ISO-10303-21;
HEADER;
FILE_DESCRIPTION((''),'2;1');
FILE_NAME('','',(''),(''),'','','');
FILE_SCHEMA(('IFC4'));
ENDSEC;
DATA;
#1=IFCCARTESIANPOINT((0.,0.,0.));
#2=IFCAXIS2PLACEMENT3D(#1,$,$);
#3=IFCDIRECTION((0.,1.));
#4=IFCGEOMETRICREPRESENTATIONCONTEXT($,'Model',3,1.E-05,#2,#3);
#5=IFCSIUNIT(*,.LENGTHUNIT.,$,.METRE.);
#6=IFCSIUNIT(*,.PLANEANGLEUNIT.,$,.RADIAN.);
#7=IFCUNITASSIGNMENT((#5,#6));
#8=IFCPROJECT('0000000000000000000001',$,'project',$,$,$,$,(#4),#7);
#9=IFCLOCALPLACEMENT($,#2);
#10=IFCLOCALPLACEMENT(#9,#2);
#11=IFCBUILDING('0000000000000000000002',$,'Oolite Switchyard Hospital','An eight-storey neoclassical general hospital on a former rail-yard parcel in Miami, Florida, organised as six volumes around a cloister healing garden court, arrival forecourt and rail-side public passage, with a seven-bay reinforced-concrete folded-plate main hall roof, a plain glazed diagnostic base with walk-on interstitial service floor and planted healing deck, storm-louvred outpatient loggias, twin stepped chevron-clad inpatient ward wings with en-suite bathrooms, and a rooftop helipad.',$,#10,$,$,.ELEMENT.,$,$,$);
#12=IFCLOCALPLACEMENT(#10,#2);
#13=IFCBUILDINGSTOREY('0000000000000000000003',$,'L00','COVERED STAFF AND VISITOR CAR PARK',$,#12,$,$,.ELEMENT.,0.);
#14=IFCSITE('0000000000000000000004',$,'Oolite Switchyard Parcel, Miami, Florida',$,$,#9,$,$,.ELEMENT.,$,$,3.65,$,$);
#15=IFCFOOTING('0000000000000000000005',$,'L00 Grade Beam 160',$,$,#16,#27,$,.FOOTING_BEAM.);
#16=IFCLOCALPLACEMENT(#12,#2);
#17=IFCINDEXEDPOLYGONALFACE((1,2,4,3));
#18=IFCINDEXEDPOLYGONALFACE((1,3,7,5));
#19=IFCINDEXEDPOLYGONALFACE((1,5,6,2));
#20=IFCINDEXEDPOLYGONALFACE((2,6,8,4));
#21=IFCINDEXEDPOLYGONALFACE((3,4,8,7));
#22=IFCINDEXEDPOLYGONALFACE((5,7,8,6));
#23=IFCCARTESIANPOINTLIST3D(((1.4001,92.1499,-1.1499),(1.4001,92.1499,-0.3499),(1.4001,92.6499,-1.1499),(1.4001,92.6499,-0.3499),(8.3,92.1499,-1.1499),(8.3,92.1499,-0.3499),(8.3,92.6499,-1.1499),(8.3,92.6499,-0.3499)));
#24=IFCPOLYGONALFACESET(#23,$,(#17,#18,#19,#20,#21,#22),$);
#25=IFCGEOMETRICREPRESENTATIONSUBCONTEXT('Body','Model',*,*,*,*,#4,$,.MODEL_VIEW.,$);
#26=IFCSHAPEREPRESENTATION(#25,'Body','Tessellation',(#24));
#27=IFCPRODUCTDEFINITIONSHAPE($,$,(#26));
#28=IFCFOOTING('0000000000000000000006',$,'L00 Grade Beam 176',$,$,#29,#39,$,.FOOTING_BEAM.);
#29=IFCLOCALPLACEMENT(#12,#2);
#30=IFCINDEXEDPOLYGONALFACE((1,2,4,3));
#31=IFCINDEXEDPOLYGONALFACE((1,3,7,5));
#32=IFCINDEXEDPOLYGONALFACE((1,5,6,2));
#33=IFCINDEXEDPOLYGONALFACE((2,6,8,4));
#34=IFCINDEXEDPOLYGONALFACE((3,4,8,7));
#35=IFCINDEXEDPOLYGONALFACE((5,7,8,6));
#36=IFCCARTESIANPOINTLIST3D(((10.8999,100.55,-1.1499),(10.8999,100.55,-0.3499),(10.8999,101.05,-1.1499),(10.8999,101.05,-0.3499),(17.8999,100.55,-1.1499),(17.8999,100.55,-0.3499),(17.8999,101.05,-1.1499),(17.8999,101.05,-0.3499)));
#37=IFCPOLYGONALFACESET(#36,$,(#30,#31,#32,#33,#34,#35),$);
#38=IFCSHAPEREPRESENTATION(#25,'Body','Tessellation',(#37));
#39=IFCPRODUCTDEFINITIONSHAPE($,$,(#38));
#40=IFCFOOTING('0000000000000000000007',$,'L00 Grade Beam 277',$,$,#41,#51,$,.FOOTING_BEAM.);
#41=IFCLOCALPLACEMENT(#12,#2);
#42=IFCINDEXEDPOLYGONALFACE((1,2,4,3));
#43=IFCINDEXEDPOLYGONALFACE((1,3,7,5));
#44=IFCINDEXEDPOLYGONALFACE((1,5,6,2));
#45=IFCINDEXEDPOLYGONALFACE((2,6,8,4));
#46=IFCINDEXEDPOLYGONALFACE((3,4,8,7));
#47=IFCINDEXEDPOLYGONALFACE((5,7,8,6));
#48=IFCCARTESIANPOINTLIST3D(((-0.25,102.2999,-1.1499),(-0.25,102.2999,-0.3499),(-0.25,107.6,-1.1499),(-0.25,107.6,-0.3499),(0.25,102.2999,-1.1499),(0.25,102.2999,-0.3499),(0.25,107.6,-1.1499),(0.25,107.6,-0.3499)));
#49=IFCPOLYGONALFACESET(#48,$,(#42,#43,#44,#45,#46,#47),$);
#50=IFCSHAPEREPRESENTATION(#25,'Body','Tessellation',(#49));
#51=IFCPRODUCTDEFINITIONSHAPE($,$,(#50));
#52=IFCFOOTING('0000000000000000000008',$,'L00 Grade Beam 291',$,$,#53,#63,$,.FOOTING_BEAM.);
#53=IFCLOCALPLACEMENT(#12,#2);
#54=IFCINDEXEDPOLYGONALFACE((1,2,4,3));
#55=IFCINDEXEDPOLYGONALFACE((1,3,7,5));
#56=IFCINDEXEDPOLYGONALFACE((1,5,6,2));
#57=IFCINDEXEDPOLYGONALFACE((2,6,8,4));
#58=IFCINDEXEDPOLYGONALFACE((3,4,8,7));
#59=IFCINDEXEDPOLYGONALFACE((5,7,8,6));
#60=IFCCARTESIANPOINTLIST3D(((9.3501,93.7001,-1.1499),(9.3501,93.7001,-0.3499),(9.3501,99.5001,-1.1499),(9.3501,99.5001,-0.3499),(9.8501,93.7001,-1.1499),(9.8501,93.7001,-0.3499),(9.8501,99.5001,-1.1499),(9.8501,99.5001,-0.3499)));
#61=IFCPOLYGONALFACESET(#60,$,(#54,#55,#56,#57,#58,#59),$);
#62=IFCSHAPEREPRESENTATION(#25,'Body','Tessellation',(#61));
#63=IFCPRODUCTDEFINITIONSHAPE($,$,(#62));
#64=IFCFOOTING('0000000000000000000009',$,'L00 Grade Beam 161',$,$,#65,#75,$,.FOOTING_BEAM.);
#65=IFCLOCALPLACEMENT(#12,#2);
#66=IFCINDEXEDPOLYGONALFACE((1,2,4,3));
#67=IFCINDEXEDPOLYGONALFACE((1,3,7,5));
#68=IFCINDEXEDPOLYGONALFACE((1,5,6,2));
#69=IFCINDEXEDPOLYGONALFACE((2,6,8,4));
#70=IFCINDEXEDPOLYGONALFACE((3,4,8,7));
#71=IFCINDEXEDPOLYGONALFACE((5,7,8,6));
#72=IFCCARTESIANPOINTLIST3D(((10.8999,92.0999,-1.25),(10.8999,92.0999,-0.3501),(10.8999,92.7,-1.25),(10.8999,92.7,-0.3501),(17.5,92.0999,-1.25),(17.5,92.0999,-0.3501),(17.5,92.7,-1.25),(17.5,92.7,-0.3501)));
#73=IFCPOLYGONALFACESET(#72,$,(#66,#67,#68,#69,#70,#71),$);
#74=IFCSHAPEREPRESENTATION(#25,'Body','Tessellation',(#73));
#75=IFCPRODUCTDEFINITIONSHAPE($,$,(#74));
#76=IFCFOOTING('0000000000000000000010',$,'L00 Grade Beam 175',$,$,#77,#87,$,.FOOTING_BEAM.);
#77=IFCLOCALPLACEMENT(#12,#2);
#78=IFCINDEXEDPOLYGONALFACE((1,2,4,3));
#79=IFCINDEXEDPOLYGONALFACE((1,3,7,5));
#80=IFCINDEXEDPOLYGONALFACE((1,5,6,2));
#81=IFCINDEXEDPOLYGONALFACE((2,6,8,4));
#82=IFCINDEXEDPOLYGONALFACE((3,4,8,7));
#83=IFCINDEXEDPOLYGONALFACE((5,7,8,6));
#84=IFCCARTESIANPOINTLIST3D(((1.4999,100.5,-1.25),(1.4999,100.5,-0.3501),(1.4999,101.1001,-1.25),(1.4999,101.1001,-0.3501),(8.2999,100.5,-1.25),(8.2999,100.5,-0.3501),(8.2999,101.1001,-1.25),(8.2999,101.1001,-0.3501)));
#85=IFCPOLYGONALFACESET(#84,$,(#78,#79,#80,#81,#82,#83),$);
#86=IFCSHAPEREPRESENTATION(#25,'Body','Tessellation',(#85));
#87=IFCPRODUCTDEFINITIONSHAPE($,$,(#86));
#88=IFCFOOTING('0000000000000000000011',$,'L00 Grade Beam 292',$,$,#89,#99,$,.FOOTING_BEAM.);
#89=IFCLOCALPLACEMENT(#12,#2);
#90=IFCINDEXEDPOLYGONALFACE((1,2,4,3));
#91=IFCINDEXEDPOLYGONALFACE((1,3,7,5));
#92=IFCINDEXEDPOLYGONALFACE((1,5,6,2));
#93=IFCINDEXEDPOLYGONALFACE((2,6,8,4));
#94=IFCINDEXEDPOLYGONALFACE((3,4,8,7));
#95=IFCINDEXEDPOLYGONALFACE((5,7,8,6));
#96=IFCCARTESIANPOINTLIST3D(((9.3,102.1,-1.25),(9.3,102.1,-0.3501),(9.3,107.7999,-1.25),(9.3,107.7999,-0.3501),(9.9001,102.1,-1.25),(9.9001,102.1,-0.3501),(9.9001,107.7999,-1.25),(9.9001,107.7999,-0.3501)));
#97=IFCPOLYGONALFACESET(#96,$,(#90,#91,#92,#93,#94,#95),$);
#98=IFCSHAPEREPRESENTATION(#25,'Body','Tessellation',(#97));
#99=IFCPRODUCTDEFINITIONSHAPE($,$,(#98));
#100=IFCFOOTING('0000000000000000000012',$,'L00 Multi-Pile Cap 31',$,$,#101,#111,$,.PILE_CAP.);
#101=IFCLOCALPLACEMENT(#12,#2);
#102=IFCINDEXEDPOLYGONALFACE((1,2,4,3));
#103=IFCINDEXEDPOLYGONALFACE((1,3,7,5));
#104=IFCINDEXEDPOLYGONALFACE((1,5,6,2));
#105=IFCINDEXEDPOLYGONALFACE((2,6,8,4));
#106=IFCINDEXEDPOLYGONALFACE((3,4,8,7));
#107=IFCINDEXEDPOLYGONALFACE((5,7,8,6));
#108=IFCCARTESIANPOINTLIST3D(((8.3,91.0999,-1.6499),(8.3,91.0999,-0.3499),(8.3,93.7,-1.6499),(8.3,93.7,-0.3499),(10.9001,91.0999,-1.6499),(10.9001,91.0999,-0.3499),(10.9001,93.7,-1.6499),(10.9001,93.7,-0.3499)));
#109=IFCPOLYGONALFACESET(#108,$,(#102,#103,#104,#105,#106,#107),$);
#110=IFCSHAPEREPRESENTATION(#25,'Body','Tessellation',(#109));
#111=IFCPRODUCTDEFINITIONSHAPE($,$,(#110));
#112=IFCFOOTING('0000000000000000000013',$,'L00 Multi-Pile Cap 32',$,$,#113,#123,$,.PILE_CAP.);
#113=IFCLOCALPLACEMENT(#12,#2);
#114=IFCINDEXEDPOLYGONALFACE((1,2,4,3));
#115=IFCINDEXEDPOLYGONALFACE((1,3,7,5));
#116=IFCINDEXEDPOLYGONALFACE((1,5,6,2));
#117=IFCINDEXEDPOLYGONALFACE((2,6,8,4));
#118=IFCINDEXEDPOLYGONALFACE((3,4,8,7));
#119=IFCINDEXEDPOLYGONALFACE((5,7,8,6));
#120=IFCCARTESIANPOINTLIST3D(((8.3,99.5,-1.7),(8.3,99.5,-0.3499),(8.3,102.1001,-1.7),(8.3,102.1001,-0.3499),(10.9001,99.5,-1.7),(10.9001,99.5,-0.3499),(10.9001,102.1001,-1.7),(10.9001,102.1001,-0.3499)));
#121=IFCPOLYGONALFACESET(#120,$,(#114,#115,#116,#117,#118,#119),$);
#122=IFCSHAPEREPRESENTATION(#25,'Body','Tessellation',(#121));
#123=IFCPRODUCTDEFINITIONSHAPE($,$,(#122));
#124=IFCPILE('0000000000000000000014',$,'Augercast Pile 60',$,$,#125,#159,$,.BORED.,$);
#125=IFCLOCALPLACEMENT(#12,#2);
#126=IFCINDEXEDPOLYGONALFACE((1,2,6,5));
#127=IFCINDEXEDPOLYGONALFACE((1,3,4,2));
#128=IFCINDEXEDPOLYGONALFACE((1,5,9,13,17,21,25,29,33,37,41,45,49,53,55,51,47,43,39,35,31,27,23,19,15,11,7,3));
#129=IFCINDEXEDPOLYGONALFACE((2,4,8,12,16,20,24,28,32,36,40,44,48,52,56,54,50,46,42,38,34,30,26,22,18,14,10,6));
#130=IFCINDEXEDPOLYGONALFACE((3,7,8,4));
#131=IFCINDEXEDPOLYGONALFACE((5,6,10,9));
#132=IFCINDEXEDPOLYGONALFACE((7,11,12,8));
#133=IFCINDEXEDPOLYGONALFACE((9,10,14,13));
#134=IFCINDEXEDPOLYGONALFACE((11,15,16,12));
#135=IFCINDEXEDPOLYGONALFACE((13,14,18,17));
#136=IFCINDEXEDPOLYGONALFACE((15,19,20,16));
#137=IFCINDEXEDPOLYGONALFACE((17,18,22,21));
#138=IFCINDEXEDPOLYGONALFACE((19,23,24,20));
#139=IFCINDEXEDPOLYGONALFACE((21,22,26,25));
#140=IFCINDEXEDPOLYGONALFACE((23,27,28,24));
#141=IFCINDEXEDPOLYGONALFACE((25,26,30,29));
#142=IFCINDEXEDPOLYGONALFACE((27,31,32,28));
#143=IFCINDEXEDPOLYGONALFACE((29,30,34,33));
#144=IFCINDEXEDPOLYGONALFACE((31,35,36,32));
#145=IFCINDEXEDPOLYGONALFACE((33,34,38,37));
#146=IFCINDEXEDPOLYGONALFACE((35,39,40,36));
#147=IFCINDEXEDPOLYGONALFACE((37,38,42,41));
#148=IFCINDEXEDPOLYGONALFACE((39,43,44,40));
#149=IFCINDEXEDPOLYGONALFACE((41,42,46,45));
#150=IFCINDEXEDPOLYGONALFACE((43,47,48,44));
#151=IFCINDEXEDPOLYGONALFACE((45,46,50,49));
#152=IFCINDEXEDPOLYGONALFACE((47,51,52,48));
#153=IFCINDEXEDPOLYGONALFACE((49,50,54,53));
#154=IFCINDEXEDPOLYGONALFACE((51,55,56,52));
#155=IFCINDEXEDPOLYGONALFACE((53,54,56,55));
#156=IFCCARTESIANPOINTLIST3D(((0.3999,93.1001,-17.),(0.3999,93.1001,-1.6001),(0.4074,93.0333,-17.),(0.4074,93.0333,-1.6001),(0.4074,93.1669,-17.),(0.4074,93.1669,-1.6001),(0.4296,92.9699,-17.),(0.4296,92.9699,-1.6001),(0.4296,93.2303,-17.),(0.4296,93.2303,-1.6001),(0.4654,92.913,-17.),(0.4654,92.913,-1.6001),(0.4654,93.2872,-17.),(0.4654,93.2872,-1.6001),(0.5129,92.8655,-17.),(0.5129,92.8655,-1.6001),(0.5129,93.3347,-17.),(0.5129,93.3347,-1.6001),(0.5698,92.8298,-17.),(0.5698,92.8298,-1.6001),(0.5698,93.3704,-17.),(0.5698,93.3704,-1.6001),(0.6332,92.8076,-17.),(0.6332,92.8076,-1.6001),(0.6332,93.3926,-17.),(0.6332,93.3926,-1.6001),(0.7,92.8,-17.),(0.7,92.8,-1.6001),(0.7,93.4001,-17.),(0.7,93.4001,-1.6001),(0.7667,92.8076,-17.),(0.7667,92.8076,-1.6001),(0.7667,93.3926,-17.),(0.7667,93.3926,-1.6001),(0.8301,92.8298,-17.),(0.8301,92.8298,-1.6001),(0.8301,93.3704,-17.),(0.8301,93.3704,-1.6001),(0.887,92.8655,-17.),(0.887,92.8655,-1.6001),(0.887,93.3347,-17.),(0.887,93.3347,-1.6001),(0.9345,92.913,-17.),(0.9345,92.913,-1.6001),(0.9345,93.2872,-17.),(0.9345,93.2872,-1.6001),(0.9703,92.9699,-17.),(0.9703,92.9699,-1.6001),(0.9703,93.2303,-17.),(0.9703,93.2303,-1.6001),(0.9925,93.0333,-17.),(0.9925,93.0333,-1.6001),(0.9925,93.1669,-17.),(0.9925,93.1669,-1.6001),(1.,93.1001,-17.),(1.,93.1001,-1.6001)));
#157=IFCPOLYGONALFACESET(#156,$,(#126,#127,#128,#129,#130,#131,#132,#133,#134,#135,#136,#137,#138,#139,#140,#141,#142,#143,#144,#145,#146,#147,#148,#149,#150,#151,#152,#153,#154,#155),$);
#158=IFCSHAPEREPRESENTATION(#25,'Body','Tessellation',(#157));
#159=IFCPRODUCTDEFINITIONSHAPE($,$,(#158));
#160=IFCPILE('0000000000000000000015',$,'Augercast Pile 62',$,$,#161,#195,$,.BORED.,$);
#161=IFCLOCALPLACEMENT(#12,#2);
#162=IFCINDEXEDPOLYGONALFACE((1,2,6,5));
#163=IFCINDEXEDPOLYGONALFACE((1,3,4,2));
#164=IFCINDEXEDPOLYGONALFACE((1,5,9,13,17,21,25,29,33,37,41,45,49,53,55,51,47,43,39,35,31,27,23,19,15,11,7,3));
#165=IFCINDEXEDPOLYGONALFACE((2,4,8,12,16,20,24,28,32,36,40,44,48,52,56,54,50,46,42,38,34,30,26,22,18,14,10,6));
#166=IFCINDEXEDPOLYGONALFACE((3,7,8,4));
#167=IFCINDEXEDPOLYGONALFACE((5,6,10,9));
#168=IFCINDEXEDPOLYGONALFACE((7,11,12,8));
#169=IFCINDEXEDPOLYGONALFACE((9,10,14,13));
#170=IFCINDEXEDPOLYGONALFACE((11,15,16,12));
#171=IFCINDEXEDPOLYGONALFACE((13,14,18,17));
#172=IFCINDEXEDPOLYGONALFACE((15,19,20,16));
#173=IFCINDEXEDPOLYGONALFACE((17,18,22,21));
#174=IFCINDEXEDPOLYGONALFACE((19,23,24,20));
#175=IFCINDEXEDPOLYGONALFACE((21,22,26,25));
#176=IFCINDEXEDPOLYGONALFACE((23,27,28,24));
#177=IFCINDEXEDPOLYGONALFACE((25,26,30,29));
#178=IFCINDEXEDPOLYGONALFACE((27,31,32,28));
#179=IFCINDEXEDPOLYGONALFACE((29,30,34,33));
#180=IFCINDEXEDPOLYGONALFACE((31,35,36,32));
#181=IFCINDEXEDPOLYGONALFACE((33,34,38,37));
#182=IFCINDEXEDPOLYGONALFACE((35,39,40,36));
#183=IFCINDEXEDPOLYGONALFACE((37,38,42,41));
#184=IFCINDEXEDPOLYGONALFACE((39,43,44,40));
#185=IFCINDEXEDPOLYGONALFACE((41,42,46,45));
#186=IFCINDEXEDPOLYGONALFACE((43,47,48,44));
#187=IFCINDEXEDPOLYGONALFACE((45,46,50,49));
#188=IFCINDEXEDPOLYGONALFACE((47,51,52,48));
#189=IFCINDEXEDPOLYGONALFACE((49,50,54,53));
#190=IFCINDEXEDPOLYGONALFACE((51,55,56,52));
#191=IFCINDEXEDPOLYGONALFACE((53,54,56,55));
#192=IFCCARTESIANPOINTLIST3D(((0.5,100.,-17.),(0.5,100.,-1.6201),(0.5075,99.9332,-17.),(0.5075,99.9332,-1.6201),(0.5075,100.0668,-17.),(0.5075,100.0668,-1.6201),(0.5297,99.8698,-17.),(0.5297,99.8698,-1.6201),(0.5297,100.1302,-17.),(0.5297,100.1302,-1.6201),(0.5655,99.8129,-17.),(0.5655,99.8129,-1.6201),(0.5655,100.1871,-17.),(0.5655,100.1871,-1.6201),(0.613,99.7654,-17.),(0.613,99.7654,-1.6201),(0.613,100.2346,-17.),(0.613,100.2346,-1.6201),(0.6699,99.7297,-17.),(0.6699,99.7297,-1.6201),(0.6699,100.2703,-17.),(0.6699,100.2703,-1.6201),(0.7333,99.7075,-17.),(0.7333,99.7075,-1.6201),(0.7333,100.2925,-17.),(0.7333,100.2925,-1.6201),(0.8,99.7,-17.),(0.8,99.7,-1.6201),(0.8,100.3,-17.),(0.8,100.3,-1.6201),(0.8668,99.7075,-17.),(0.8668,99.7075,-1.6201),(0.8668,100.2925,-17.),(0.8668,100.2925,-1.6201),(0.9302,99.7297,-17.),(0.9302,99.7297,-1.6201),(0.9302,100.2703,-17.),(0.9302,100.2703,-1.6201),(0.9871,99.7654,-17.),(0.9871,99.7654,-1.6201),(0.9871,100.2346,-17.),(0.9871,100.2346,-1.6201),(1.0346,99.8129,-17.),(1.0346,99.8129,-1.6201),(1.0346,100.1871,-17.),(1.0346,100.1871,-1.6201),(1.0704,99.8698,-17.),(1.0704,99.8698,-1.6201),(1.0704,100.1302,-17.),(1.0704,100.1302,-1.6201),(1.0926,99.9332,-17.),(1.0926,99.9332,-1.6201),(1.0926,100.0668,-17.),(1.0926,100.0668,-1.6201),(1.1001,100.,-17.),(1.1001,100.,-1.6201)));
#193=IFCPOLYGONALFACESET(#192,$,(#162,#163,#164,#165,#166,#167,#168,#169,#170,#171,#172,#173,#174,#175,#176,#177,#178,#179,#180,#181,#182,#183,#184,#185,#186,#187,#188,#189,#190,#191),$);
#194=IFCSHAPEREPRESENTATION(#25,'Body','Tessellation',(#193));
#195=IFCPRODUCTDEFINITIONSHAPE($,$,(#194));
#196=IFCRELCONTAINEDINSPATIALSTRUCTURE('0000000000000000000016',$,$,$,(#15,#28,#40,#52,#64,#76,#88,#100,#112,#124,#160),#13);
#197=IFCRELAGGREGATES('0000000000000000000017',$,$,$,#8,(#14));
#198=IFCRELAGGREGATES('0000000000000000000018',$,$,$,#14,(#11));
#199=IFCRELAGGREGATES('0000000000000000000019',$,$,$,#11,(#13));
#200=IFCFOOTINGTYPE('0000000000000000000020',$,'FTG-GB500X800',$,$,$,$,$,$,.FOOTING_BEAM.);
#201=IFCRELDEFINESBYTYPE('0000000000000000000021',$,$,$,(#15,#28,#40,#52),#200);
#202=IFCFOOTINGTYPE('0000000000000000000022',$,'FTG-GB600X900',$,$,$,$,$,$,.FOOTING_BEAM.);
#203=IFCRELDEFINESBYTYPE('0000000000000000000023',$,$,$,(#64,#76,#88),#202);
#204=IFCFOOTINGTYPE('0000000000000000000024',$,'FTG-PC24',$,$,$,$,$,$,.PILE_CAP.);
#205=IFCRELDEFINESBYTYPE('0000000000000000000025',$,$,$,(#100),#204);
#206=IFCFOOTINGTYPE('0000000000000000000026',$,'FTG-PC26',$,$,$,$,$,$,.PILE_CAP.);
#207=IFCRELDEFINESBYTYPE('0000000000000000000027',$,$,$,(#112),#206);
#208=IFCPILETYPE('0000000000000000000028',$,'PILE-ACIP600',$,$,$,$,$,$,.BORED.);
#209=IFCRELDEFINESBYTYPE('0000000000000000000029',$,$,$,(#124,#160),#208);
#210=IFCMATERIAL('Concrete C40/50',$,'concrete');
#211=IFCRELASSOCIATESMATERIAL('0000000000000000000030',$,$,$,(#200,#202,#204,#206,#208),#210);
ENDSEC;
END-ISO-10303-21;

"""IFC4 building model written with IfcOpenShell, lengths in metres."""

from ifc_helpers import new_model, si_unit, direction, frame, origin, origin_2d, place, context, subcontext, project, spatial, rectangle, circle, extrude, material, material_profile, profile_set, type_object, element, save


model = new_model("IFC4")

# Units and contexts
model_context = context("Model", 3, precision=1e-05, world=origin(), true_north=direction((0.0, 1.0)))
body_context = subcontext(model_context, "Body", "Model", "MODEL_VIEW")
ifc_project = project(units=[si_unit("LENGTHUNIT", "METRE"), si_unit("PLANEANGLEUNIT", "RADIAN")], contexts=[model_context])

# Site, building, storey
site_placement = place(None, origin())
site = spatial("IfcSite", under=ifc_project, at=site_placement, Name="Oolite Switchyard Parcel, Miami, Florida", CompositionType="ELEMENT", RefElevation=3.65)
building_placement = place(site_placement, origin())
building = spatial("IfcBuilding", under=site, at=building_placement, Name="Oolite Switchyard Hospital", Description="An eight-storey neoclassical general hospital on a former rail-yard parcel in Miami, Florida, organised as six volumes around a cloister healing garden court, arrival forecourt and rail-side public passage, with a seven-bay reinforced-concrete folded-plate main hall roof, a plain glazed diagnostic base with walk-on interstitial service floor and planted healing deck, storm-louvred outpatient loggias, twin stepped chevron-clad inpatient ward wings with en-suite bathrooms, and a rooftop helipad.", CompositionType="ELEMENT")
storey_placement = place(building_placement, origin())
storey = spatial("IfcBuildingStorey", under=building, at=storey_placement, Name="L00", Description="COVERED STAFF AND VISITOR CAR PARK", CompositionType="ELEMENT", Elevation=0.0)

# Footings
ifc_material_1 = material(Name="Concrete C40/50", Category="concrete")
footing_type_1 = type_object("IfcFootingType", Name="FTG-GB500X800", PredefinedType="FOOTING_BEAM", material=ifc_material_1)
footing_1_placement = place(storey_placement, frame((4.8501, 92.3999, -1.1499), z_axis=(0.0, 0.0, 1.0), x_axis=(1.0, 0.0, 0.0)))
element("IfcFooting", 1, at=footing_1_placement, inside=storey, type_object=footing_type_1, Name="L00 Grade Beam 160", PredefinedType="FOOTING_BEAM", context=body_context, shape_type="SweptSolid", body=[
    extrude(rectangle(XDim=6.8999, YDim=0.5, at=origin_2d()), origin(), (0.0, 0.0, 1.0), 0.8),
])
footing_2_placement = place(storey_placement, frame((14.3999, 100.8, -1.1499), z_axis=(0.0, 0.0, 1.0), x_axis=(1.0, 0.0, 0.0)))
element("IfcFooting", 2, at=footing_2_placement, inside=storey, type_object=footing_type_1, Name="L00 Grade Beam 176", PredefinedType="FOOTING_BEAM", context=body_context, shape_type="SweptSolid", body=[
    extrude(rectangle(XDim=7.0, YDim=0.5, at=origin_2d()), origin(), (0.0, 0.0, 1.0), 0.8),
])
footing_3_placement = place(storey_placement, frame((0.0, 104.95, -1.1499), z_axis=(0.0, 0.0, 1.0), x_axis=(0.0, 1.0, 0.0)))
element("IfcFooting", 3, at=footing_3_placement, inside=storey, type_object=footing_type_1, Name="L00 Grade Beam 277", PredefinedType="FOOTING_BEAM", context=body_context, shape_type="SweptSolid", body=[
    extrude(rectangle(XDim=5.3, YDim=0.5, at=origin_2d()), origin(), (0.0, 0.0, 1.0), 0.8),
])
footing_4_placement = place(storey_placement, frame((9.6001, 96.6001, -1.1499), z_axis=(0.0, 0.0, 1.0), x_axis=(0.0, 1.0, 0.0)))
element("IfcFooting", 4, at=footing_4_placement, inside=storey, type_object=footing_type_1, Name="L00 Grade Beam 291", PredefinedType="FOOTING_BEAM", context=body_context, shape_type="SweptSolid", body=[
    extrude(rectangle(XDim=5.8, YDim=0.5, at=origin_2d()), origin(), (0.0, 0.0, 1.0), 0.8),
])
footing_type_2 = type_object("IfcFootingType", Name="FTG-GB600X900", PredefinedType="FOOTING_BEAM", material=ifc_material_1)
footing_5_placement = place(storey_placement, frame((14.2, 92.3999, -1.25), z_axis=(0.0, 0.0, 1.0), x_axis=(1.0, 0.0, 0.0)))
element("IfcFooting", 5, at=footing_5_placement, inside=storey, type_object=footing_type_2, Name="L00 Grade Beam 161", PredefinedType="FOOTING_BEAM", context=body_context, shape_type="SweptSolid", body=[
    extrude(rectangle(XDim=6.6001, YDim=0.6001, at=origin_2d()), origin(), (0.0, 0.0, 1.0), 0.8999),
])
footing_6_placement = place(storey_placement, frame((4.8999, 100.8, -1.25), z_axis=(0.0, 0.0, 1.0), x_axis=(1.0, 0.0, 0.0)))
element("IfcFooting", 6, at=footing_6_placement, inside=storey, type_object=footing_type_2, Name="L00 Grade Beam 175", PredefinedType="FOOTING_BEAM", context=body_context, shape_type="SweptSolid", body=[
    extrude(rectangle(XDim=6.8, YDim=0.6001, at=origin_2d()), origin(), (0.0, 0.0, 1.0), 0.8999),
])
footing_7_placement = place(storey_placement, frame((9.6001, 104.95, -1.25), z_axis=(0.0, 0.0, 1.0), x_axis=(0.0, 1.0, 0.0)))
element("IfcFooting", 7, at=footing_7_placement, inside=storey, type_object=footing_type_2, Name="L00 Grade Beam 292", PredefinedType="FOOTING_BEAM", context=body_context, shape_type="SweptSolid", body=[
    extrude(rectangle(XDim=5.7, YDim=0.6001, at=origin_2d()), origin(), (0.0, 0.0, 1.0), 0.8999),
])
footing_type_3 = type_object("IfcFootingType", Name="FTG-PC24", PredefinedType="PILE_CAP", material=ifc_material_1)
footing_8_placement = place(storey_placement, frame((9.6001, 92.3999, -1.6499), z_axis=(0.0, 0.0, 1.0), x_axis=(1.0, 0.0, 0.0)))
element("IfcFooting", 8, at=footing_8_placement, inside=storey, type_object=footing_type_3, Name="L00 Multi-Pile Cap 31", PredefinedType="PILE_CAP", context=body_context, shape_type="SweptSolid", body=[
    extrude(rectangle(XDim=2.6001, YDim=2.6001, at=origin_2d()), origin(), (0.0, 0.0, 1.0), 1.3),
])
footing_type_4 = type_object("IfcFootingType", Name="FTG-PC26", PredefinedType="PILE_CAP", material=ifc_material_1)
footing_9_placement = place(storey_placement, frame((9.6001, 100.8, -1.7), z_axis=(0.0, 0.0, 1.0), x_axis=(1.0, 0.0, 0.0)))
element("IfcFooting", 9, at=footing_9_placement, inside=storey, type_object=footing_type_4, Name="L00 Multi-Pile Cap 32", PredefinedType="PILE_CAP", context=body_context, shape_type="SweptSolid", body=[
    extrude(rectangle(XDim=2.6001, YDim=2.6001, at=origin_2d()), origin(), (0.0, 0.0, 1.0), 1.3501),
])

# Piles
ifc_material_profile_1 = material_profile(ifc_material_1, circle(Radius=0.3, at=origin_2d()), Name="PILE600")
ifc_profile_set_1 = profile_set([ifc_material_profile_1], Name="Concrete C40/50")
pile_type = type_object("IfcPileType", Name="PILE-ACIP600", PredefinedType="BORED", material=ifc_profile_set_1)
pile_1_placement = place(storey_placement, frame((0.7, 93.1001, -1.6001), z_axis=(0.0, 0.0, -1.0), x_axis=(1.0, 0.0, 0.0)))
element("IfcPile", 10, at=pile_1_placement, inside=storey, type_object=pile_type, Name="Augercast Pile 60", PredefinedType="BORED", context=body_context, shape_type="SweptSolid", body=[
    extrude(circle(Radius=0.3, at=origin_2d()), origin(), (0.0, 0.0, 1.0), 15.3999),
])
for number, where, z_axis, x_axis, name in (
    (11, (0.8, 100.0, -1.6201), (0.0, 0.0, -1.0), (1.0, 0.0, 0.0), "Augercast Pile 62"),
):
    element("IfcPile", number, at=place(storey_placement, frame(where, z_axis=z_axis, x_axis=x_axis)), inside=storey, type_object=pile_type, Name=name, PredefinedType="BORED", context=body_context, shape_type="SweptSolid", body=[
        extrude(circle(Radius=0.3, at=origin_2d()), origin(), (0.0, 0.0, 1.0), 15.3799),
    ])

save(model, "model.ifc")
